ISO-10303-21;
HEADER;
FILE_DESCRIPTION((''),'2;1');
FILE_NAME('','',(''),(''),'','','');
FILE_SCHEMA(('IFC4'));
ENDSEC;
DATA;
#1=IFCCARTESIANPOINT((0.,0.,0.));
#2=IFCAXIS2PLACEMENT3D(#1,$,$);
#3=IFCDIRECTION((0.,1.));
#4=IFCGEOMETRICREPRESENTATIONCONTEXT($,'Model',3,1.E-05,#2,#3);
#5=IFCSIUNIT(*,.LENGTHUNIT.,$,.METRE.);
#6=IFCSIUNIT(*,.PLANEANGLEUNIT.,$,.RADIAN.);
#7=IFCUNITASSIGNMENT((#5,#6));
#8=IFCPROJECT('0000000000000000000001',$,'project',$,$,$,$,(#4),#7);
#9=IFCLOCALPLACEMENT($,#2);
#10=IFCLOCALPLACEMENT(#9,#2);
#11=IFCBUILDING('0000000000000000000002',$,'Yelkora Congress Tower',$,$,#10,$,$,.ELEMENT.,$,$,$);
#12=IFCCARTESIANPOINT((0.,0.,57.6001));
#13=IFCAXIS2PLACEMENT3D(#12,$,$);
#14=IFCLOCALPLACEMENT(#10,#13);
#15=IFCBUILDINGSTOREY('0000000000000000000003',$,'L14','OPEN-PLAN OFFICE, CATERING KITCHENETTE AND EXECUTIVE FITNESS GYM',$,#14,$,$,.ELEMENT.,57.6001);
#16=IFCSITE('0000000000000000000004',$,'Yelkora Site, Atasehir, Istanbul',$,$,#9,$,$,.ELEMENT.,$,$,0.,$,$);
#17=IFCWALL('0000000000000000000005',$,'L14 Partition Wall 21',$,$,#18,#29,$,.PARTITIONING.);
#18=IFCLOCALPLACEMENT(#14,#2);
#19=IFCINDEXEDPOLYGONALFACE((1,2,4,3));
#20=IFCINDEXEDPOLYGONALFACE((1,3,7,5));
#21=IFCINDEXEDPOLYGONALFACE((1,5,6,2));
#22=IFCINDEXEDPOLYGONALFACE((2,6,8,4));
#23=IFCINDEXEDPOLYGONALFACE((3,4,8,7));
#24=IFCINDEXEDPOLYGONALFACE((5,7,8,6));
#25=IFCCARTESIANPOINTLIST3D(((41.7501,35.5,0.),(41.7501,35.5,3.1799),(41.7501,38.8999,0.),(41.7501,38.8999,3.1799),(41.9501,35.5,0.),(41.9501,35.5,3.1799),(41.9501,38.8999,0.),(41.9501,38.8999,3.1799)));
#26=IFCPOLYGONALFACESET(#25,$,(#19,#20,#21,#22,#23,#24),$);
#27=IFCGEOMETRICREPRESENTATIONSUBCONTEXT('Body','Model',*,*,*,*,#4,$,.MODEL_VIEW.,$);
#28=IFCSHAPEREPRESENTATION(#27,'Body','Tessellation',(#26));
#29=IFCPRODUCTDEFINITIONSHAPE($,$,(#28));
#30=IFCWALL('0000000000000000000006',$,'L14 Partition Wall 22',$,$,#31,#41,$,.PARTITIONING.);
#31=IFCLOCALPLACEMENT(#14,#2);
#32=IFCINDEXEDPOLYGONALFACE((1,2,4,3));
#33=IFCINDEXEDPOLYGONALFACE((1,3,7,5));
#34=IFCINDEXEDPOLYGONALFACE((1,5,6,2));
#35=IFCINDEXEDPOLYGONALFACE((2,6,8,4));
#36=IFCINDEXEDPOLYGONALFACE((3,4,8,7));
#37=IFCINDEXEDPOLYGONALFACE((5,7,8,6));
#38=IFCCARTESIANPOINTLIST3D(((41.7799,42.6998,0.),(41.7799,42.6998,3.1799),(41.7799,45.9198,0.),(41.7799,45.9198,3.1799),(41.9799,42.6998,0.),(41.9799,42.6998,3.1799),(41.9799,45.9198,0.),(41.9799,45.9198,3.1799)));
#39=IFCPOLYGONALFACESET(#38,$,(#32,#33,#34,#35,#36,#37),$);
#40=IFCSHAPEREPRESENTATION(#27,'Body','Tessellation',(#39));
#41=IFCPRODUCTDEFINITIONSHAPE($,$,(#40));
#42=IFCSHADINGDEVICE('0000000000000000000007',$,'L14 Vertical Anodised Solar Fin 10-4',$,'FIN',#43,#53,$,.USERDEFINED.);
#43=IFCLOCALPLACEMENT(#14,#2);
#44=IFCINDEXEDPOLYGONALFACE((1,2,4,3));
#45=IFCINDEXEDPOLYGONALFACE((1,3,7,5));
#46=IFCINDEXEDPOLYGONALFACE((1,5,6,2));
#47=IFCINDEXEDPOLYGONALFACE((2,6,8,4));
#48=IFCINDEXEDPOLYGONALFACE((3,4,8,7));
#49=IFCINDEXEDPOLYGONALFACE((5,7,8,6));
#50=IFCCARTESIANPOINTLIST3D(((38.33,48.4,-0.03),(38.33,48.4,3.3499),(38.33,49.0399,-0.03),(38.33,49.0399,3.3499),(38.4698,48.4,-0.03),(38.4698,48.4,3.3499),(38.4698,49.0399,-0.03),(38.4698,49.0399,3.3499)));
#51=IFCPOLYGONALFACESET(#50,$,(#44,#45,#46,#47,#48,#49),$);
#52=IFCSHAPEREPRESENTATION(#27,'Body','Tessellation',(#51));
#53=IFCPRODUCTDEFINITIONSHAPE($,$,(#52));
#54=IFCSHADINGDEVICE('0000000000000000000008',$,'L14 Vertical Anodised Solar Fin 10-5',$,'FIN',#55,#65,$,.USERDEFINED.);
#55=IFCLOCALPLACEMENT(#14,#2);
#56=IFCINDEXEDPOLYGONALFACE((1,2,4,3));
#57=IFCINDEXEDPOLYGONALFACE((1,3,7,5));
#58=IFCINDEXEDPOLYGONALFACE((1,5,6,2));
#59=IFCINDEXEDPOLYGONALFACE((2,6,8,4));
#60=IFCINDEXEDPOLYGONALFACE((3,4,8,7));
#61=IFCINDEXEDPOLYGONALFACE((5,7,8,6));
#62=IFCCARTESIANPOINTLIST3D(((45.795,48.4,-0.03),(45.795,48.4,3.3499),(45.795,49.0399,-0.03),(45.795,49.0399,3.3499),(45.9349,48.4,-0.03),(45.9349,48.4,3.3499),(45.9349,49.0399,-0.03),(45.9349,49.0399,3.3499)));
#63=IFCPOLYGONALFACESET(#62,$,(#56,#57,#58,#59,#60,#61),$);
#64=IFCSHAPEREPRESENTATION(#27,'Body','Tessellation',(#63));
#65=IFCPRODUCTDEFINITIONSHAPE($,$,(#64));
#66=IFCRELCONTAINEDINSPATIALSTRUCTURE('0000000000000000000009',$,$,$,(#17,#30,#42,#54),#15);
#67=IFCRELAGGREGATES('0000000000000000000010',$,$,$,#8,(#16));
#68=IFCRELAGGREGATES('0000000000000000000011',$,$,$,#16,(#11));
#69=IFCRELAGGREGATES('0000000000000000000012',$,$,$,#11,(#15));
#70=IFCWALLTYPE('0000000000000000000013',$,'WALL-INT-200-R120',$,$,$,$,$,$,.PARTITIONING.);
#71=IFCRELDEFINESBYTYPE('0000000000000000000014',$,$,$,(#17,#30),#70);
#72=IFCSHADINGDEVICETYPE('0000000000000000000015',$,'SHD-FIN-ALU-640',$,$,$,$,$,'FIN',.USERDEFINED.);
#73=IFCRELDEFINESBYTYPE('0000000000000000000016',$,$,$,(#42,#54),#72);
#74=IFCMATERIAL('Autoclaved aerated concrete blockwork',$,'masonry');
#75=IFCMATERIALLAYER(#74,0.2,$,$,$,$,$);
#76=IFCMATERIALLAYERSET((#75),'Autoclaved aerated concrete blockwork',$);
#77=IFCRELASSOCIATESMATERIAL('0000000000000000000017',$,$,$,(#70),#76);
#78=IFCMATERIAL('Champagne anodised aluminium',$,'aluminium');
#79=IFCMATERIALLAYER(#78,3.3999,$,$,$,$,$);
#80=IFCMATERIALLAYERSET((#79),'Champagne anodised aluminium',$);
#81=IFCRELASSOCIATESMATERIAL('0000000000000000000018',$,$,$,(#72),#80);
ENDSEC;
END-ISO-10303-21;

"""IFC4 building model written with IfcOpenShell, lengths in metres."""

from ifc_helpers import new_model, si_unit, direction, frame, frame_2d, origin, origin_2d, place, context, subcontext, project, spatial, rectangle, extrude, material, layer, layer_set, type_object, element, save


model = new_model("IFC4")

# Units and contexts
model_context = context("Model", 3, precision=1e-05, world=origin(), true_north=direction((0.0, 1.0)))
body_context = subcontext(model_context, "Body", "Model", "MODEL_VIEW")
ifc_project = project(units=[si_unit("LENGTHUNIT", "METRE"), si_unit("PLANEANGLEUNIT", "RADIAN")], contexts=[model_context])

# Site, building, storey
site_placement = place(None, origin())
site = spatial("IfcSite", under=ifc_project, at=site_placement, Name="Yelkora Site, Atasehir, Istanbul", CompositionType="ELEMENT", RefElevation=0.0)
building_placement = place(site_placement, origin())
building = spatial("IfcBuilding", under=site, at=building_placement, Name="Yelkora Congress Tower", CompositionType="ELEMENT")
storey_placement = place(building_placement, frame((0.0, 0.0, 57.6001)))
storey = spatial("IfcBuildingStorey", under=building, at=storey_placement, Name="L14", Description="OPEN-PLAN OFFICE, CATERING KITCHENETTE AND EXECUTIVE FITNESS GYM", CompositionType="ELEMENT", Elevation=57.6001)

# Walls
ifc_material_1 = material(Name="Autoclaved aerated concrete blockwork", Category="masonry")
ifc_layer_1 = layer(ifc_material_1, 0.2)
ifc_layer_set_1 = layer_set([ifc_layer_1], Name="Autoclaved aerated concrete blockwork")
wall_type_1 = type_object("IfcWallType", Name="WALL-INT-200-R120", PredefinedType="PARTITIONING", material=ifc_layer_set_1)
wall_1_placement = place(storey_placement, frame((41.8501, 35.5, 0.0), z_axis=(0.0, 0.0, 1.0), x_axis=(0.0, 1.0, 0.0)))
element("IfcWall", 1, at=wall_1_placement, inside=storey, type_object=wall_type_1, Name="L14 Partition Wall 21", PredefinedType="PARTITIONING", context=body_context, shape_type="SweptSolid", body=[
    extrude(rectangle(XDim=3.3999, YDim=0.2, at=frame_2d((1.7, 0.0))), origin(), (0.0, 0.0, 1.0), 3.1799),
])
wall_2_placement = place(storey_placement, frame((41.8799, 42.7, 0.0), z_axis=(0.0, 0.0, 1.0), x_axis=(0.0, 1.0, 0.0)))
element("IfcWall", 2, at=wall_2_placement, inside=storey, type_object=wall_type_1, Name="L14 Partition Wall 22", PredefinedType="PARTITIONING", context=body_context, shape_type="SweptSolid", body=[
    extrude(rectangle(XDim=3.22, YDim=0.2, at=frame_2d((1.6099, 0.0))), origin(), (0.0, 0.0, 1.0), 3.1799),
])

# Shading devices
ifc_material_2 = material(Name="Champagne anodised aluminium", Category="aluminium")
ifc_layer_2 = layer(ifc_material_2, 3.3999)
ifc_layer_set_2 = layer_set([ifc_layer_2], Name="Champagne anodised aluminium")
shading_device_type = type_object("IfcShadingDeviceType", Name="SHD-FIN-ALU-640", ElementType="FIN", PredefinedType="USERDEFINED", material=ifc_layer_set_2)
for number, where, z_axis, x_axis, name in (
    (3, (38.3999, 48.72, -0.03), (0.0, 0.0, 1.0), (1.0, 0.0, 0.0), "L14 Vertical Anodised Solar Fin 10-4"),
    (4, (45.865, 48.72, -0.03), (0.0, 0.0, 1.0), (1.0, 0.0, 0.0), "L14 Vertical Anodised Solar Fin 10-5"),
):
    element("IfcShadingDevice", number, at=place(storey_placement, frame(where, z_axis=z_axis, x_axis=x_axis)), inside=storey, type_object=shading_device_type, Name=name, ObjectType="FIN", PredefinedType="USERDEFINED", context=body_context, shape_type="SweptSolid", body=[
        extrude(rectangle(XDim=0.1399, YDim=0.6399, at=origin_2d()), origin(), (0.0, 0.0, 1.0), 3.3799),
    ])

save(model, "model.ifc")
